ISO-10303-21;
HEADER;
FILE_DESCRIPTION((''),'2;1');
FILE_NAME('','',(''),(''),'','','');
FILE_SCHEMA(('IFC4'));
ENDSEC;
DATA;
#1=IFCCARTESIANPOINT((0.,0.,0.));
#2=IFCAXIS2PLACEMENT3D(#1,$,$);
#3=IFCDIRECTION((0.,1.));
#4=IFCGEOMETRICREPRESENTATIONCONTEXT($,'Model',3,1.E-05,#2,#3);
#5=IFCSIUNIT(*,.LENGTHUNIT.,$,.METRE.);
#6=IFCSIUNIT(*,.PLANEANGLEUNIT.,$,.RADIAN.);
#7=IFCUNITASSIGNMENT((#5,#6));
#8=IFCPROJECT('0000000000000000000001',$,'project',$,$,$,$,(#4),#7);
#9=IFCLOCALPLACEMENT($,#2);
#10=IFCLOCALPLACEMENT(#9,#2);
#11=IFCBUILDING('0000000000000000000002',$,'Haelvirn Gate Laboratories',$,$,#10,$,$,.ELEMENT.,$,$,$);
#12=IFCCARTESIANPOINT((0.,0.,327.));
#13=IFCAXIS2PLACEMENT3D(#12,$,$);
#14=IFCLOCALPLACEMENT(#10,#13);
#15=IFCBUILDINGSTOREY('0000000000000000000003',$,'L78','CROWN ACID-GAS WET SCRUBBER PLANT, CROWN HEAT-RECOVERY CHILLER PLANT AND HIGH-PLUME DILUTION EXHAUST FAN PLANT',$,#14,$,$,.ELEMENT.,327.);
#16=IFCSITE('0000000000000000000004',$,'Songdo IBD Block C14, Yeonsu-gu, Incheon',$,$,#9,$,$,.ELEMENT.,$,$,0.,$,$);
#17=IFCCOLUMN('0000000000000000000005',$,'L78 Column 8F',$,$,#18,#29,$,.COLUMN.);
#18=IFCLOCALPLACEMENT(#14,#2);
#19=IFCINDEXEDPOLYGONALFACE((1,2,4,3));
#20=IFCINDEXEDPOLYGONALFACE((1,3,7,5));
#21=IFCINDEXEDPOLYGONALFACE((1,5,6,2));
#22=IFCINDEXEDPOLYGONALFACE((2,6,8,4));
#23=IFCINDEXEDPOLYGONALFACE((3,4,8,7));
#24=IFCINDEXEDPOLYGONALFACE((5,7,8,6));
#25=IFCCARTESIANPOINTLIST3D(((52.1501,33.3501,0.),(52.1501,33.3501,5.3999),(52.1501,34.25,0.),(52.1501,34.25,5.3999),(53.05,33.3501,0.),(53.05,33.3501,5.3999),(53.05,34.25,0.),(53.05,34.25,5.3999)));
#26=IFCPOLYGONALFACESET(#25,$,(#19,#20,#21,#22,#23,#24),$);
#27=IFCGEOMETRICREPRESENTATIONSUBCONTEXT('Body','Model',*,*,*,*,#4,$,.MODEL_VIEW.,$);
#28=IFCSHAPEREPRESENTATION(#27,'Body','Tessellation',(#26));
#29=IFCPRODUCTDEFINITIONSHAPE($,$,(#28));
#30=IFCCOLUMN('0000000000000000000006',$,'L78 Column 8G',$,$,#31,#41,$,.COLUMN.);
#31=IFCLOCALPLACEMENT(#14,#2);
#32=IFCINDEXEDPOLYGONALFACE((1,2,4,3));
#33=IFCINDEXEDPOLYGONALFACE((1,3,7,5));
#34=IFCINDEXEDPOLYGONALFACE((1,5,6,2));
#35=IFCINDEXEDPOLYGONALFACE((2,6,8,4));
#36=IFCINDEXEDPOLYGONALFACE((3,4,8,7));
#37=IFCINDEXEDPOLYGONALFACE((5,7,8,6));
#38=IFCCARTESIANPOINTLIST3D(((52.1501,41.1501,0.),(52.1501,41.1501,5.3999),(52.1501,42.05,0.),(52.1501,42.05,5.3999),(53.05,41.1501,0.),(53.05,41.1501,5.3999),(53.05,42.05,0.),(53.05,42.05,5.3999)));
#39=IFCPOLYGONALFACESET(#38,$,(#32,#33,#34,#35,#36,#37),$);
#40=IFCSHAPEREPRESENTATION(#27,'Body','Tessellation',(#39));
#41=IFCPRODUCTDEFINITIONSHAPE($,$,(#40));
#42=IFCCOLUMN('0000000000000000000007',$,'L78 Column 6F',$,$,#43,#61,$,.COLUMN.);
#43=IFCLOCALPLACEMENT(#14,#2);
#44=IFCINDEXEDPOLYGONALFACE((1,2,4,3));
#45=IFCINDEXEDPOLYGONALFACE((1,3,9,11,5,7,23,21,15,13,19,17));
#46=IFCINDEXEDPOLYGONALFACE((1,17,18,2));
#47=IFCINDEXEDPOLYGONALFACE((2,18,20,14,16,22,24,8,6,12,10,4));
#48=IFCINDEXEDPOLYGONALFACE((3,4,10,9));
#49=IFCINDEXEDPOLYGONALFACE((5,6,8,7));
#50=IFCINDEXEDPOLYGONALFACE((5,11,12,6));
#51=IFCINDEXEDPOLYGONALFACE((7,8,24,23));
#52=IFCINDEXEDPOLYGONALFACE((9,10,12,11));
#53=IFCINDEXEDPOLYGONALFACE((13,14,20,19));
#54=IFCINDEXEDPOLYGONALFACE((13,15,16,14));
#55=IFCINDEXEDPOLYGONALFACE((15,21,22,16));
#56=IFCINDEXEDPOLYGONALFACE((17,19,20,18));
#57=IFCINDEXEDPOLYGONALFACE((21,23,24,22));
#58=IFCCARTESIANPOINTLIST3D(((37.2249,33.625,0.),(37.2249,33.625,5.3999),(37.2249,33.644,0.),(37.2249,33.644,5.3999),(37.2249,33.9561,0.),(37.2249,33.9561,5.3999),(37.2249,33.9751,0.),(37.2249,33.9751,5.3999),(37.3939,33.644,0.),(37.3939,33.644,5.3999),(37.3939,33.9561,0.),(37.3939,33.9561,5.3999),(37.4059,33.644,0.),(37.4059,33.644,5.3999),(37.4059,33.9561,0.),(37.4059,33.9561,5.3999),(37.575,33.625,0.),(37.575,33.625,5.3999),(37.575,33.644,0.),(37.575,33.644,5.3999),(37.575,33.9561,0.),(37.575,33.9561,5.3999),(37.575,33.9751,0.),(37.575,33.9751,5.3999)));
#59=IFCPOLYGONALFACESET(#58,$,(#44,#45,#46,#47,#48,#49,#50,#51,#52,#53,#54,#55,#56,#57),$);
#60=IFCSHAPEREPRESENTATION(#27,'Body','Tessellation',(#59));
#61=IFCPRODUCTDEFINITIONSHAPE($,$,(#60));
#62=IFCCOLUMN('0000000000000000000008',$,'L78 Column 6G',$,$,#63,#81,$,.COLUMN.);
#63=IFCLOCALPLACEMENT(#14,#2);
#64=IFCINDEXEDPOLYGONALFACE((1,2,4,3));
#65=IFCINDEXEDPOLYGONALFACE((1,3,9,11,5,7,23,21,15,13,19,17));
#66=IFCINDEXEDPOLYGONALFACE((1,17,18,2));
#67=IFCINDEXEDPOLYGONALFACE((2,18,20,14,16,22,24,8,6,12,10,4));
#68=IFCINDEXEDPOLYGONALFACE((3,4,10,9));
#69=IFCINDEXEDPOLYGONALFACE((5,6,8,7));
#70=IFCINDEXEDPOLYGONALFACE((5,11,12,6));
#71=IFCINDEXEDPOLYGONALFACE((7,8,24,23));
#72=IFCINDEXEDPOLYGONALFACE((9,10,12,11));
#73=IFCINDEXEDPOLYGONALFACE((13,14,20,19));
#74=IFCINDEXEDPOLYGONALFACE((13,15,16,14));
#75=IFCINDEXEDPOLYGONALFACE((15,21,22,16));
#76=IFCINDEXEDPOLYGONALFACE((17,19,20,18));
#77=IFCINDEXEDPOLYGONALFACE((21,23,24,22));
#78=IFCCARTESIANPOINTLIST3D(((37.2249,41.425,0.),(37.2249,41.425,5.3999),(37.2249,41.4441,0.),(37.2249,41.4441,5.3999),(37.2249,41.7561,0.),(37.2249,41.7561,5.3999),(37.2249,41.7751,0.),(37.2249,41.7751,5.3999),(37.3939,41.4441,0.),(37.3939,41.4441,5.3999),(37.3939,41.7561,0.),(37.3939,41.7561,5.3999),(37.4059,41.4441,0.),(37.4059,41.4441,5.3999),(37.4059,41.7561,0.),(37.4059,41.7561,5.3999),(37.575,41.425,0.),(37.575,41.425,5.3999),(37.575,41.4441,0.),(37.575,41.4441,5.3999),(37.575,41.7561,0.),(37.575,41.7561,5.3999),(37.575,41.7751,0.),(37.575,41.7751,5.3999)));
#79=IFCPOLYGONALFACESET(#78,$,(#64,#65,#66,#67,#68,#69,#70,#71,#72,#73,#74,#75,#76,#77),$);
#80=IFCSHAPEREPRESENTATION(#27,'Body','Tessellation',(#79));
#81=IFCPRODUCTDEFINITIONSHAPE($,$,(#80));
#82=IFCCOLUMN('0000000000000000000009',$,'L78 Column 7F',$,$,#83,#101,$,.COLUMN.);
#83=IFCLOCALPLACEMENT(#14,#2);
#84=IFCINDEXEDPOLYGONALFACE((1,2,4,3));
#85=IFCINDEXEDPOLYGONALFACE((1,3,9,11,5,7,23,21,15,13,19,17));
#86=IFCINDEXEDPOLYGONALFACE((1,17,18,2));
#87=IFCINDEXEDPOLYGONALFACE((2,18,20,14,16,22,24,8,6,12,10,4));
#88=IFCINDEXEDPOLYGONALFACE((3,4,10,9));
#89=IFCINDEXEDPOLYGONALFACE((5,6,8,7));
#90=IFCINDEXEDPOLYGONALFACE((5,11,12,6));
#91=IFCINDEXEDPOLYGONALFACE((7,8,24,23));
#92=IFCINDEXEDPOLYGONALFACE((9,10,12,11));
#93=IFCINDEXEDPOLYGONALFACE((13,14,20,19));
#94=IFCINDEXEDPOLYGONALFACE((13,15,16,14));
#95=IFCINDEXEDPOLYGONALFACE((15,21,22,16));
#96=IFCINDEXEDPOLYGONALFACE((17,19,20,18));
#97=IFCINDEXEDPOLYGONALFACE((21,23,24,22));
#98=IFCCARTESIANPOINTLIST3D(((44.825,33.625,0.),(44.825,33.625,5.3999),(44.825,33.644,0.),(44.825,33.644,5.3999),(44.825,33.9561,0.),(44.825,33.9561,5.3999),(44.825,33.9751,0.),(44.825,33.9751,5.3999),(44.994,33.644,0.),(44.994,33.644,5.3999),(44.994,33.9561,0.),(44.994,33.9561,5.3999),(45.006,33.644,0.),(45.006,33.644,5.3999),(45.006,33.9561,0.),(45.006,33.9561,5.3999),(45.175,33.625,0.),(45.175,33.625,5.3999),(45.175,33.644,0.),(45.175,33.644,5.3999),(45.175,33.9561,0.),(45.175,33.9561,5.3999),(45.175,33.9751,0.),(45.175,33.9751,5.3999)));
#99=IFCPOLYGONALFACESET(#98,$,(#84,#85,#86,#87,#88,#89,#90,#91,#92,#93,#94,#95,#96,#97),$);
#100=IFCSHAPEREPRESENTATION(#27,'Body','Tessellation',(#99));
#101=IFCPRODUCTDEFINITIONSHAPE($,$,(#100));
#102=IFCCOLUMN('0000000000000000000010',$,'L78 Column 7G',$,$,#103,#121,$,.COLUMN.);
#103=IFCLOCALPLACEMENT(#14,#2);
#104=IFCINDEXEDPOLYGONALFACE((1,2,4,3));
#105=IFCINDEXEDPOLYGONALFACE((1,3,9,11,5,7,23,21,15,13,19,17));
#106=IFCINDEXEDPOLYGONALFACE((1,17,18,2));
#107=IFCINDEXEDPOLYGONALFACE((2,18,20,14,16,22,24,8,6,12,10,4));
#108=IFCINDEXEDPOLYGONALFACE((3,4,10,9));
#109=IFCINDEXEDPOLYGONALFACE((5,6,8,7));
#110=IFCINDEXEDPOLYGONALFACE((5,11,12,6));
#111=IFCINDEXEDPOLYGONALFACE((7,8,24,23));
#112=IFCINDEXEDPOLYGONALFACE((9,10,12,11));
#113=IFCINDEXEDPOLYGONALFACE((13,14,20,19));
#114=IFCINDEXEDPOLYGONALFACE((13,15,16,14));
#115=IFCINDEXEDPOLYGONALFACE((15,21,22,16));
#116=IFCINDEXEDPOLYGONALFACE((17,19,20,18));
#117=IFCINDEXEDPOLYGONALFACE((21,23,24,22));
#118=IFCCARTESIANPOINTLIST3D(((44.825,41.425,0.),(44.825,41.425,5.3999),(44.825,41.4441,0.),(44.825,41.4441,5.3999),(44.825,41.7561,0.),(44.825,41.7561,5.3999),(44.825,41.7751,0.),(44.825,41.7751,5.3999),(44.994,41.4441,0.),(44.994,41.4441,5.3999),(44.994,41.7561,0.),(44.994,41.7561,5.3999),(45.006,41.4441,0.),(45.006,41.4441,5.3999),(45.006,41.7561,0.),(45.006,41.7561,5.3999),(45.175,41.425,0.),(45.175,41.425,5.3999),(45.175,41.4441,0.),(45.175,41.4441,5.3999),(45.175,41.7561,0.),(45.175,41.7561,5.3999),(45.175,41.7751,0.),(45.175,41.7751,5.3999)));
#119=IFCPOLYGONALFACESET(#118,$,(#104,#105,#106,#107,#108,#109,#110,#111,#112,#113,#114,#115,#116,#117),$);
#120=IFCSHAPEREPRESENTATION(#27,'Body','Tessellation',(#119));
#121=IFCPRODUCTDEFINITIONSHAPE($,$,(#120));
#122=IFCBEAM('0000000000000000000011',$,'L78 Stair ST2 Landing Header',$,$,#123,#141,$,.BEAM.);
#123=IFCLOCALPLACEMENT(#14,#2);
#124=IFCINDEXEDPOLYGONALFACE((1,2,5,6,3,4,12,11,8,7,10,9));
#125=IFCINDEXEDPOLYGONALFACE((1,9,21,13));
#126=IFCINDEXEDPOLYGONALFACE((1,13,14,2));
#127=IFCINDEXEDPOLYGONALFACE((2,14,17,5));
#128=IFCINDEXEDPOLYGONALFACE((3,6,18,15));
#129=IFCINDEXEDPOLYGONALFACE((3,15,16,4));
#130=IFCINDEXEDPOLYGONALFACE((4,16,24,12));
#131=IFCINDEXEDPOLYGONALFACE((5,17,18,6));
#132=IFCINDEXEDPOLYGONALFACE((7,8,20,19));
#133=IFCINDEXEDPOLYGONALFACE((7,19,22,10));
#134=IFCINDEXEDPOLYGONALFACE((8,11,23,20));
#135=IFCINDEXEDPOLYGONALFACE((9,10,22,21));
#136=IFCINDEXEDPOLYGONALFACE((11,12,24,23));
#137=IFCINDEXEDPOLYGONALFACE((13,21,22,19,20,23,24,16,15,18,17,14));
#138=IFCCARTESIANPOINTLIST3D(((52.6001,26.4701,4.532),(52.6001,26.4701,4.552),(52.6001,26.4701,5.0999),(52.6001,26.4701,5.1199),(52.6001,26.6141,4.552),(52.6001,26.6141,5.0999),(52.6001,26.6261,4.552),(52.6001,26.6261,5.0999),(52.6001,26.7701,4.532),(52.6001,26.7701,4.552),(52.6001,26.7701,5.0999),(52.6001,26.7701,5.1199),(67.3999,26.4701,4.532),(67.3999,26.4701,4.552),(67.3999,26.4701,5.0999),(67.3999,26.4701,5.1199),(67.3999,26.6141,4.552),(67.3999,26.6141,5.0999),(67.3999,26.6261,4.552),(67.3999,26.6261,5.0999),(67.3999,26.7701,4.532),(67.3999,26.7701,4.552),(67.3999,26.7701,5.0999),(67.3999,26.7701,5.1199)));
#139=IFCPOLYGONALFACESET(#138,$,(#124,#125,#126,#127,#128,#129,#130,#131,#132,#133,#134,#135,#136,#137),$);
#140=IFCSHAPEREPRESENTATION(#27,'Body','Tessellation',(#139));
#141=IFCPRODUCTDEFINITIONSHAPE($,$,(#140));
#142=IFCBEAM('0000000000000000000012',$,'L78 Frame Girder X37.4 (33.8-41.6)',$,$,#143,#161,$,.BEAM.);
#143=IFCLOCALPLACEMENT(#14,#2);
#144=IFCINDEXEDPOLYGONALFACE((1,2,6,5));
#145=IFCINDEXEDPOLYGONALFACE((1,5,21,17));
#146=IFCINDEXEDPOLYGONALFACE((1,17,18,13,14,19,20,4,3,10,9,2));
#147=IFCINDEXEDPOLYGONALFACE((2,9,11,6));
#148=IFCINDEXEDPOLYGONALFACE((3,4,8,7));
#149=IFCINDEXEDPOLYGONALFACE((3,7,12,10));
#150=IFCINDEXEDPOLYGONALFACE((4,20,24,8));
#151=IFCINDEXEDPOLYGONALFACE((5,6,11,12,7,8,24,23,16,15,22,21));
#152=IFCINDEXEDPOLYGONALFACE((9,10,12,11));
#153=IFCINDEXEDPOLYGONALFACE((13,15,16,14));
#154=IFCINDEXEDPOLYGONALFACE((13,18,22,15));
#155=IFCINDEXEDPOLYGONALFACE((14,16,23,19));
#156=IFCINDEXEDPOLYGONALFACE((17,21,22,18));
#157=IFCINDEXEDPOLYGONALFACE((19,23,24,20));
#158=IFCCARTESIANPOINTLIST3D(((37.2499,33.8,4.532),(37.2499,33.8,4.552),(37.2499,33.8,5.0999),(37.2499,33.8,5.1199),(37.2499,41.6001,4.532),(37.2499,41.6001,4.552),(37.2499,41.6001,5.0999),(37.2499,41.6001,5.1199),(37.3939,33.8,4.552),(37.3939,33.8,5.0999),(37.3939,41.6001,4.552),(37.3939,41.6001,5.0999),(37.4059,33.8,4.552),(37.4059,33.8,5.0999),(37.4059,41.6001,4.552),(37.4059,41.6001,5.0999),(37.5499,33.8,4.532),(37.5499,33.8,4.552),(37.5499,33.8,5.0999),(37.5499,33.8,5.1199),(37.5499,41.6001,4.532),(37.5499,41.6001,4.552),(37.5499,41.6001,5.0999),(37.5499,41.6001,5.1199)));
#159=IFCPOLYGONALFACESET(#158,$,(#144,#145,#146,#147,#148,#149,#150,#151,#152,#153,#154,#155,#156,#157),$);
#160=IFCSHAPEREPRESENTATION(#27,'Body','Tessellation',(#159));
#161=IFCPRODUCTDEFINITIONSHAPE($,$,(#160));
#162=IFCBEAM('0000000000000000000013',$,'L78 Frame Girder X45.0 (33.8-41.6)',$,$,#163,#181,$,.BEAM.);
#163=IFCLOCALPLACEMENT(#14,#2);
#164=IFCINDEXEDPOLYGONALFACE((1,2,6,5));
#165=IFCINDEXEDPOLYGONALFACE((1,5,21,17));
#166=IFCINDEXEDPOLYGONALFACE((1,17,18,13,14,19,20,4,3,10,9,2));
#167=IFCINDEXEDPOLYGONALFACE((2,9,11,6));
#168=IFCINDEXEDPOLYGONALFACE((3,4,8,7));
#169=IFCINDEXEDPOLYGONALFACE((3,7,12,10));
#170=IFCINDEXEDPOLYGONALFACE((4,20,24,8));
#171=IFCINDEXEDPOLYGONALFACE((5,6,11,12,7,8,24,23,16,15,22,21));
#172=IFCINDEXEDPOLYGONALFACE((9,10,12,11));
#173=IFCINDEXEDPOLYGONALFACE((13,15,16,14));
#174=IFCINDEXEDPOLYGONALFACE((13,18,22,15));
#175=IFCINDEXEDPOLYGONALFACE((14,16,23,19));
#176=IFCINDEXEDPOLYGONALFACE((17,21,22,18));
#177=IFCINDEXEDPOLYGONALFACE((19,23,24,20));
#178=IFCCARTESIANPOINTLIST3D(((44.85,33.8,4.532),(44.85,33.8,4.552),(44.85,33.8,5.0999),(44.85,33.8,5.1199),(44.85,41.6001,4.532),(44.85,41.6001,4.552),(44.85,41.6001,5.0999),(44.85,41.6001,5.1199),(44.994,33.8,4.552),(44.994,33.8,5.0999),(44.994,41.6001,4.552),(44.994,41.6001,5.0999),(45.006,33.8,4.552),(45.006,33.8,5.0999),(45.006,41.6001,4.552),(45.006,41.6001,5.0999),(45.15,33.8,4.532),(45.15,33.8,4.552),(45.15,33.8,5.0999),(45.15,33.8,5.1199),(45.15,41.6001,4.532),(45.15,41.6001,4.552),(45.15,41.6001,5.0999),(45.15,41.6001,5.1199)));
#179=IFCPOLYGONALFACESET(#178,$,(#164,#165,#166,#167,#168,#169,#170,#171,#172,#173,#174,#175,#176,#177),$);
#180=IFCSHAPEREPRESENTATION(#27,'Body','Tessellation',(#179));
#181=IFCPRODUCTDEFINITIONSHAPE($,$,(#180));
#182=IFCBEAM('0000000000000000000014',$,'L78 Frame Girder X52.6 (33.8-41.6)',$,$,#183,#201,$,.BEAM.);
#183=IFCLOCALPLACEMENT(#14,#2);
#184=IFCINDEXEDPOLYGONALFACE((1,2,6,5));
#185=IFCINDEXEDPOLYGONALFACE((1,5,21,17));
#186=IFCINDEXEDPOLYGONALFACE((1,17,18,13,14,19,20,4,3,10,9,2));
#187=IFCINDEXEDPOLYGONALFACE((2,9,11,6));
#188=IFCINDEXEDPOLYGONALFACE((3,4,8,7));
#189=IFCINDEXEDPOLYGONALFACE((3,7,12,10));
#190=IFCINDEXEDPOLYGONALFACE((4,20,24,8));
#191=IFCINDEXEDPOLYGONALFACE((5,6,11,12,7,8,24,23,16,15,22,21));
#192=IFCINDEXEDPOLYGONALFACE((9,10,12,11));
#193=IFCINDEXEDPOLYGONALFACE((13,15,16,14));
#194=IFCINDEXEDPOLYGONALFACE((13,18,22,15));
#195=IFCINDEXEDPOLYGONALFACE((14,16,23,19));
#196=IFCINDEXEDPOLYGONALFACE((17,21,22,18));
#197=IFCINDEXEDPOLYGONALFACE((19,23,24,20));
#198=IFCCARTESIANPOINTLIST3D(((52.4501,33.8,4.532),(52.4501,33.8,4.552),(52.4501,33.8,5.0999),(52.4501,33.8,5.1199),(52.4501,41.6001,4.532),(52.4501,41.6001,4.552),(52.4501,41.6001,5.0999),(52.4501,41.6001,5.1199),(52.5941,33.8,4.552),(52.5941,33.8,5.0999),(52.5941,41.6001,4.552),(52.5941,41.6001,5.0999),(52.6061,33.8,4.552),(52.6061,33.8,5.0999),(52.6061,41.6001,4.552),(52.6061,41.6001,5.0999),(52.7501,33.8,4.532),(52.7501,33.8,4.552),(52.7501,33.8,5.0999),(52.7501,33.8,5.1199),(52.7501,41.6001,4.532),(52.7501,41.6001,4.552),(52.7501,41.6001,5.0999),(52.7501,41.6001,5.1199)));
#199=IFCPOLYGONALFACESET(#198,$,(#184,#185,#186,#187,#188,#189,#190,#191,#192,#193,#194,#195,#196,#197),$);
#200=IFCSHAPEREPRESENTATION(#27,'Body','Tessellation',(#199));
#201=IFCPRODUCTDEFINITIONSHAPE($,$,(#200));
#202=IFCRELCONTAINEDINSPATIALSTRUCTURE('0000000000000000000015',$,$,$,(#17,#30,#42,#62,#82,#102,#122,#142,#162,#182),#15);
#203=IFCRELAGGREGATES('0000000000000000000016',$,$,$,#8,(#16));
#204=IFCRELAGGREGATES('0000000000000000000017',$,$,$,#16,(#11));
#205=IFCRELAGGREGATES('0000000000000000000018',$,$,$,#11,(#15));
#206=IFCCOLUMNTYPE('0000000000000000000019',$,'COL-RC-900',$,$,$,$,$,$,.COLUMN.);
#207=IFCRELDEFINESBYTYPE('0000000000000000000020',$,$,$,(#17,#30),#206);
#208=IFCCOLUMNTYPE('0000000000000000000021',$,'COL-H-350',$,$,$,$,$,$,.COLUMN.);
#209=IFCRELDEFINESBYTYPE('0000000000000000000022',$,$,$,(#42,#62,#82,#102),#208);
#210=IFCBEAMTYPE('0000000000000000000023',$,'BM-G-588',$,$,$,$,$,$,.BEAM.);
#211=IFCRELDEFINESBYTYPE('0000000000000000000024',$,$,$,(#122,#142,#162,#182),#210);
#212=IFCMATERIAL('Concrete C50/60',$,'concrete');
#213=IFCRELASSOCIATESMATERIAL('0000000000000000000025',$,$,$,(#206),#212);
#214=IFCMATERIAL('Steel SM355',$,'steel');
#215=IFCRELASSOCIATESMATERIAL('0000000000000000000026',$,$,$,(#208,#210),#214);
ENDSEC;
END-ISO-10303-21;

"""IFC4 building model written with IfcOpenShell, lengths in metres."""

from ifc_helpers import new_model, si_unit, direction, frame, origin, origin_2d, place, context, subcontext, project, spatial, rectangle, i_section, extrude, source, transform, mapped, material, material_profile, profile_set, type_object, type_shapes, element, save


model = new_model("IFC4")

# Units and contexts
model_context = context("Model", 3, precision=1e-05, world=origin(), true_north=direction((0.0, 1.0)))
body_context = subcontext(model_context, "Body", "Model", "MODEL_VIEW")
ifc_project = project(units=[si_unit("LENGTHUNIT", "METRE"), si_unit("PLANEANGLEUNIT", "RADIAN")], contexts=[model_context])

# Site, building, storey
site_placement = place(None, origin())
site = spatial("IfcSite", under=ifc_project, at=site_placement, Name="Songdo IBD Block C14, Yeonsu-gu, Incheon", CompositionType="ELEMENT", RefElevation=0.0)
building_placement = place(site_placement, origin())
building = spatial("IfcBuilding", under=site, at=building_placement, Name="Haelvirn Gate Laboratories", CompositionType="ELEMENT")
storey_placement = place(building_placement, frame((0.0, 0.0, 327.0)))
storey = spatial("IfcBuildingStorey", under=building, at=storey_placement, Name="L78", Description="CROWN ACID-GAS WET SCRUBBER PLANT, CROWN HEAT-RECOVERY CHILLER PLANT AND HIGH-PLUME DILUTION EXHAUST FAN PLANT", CompositionType="ELEMENT", Elevation=327.0)

# Columns
ifc_material_1 = material(Name="Concrete C50/60", Category="concrete")
ifc_material_profile_1 = material_profile(ifc_material_1, rectangle(XDim=0.8999, YDim=0.8999, at=origin_2d()), Name="RC-900x900")
ifc_profile_set_1 = profile_set([ifc_material_profile_1], Name="Concrete C50/60")
column_type_1 = type_object("IfcColumnType", Name="COL-RC-900", PredefinedType="COLUMN", material=ifc_profile_set_1)
shared_shape_1 = source(origin(), body_context, "Body", "SweptSolid", [
    extrude(rectangle(XDim=0.8999, YDim=0.8999, at=origin_2d()), origin(), (0.0, 0.0, 1.0), 5.3999),
])
type_shapes(column_type_1, [shared_shape_1])
for number, where, z_axis, x_axis, name in (
    (1, (52.6001, 33.8, 0.0), (0.0, 0.0, 1.0), (1.0, 0.0, 0.0), "L78 Column 8F"),
    (2, (52.6001, 41.6001, 0.0), (0.0, 0.0, 1.0), (1.0, 0.0, 0.0), "L78 Column 8G"),
):
    element("IfcColumn", number, at=place(storey_placement, frame(where, z_axis=z_axis, x_axis=x_axis)), inside=storey, type_object=column_type_1, Name=name, PredefinedType="COLUMN", context=body_context, shape_type="MappedRepresentation", body=[
        mapped(shared_shape_1, transform((0.0, 0.0, 0.0), scale=1.0)),
    ])
ifc_material_2 = material(Name="Steel SM355", Category="steel")
ifc_material_profile_2 = material_profile(ifc_material_2, i_section(OverallWidth=0.3501, OverallDepth=0.3501, WebThickness=0.012, FlangeThickness=0.019, at=origin_2d()), Name="H-350x350x12x19")
ifc_profile_set_2 = profile_set([ifc_material_profile_2], Name="Steel SM355")
column_type_2 = type_object("IfcColumnType", Name="COL-H-350", PredefinedType="COLUMN", material=ifc_profile_set_2)
shared_shape_2 = source(origin(), body_context, "Body", "SweptSolid", [
    extrude(i_section(OverallWidth=0.3501, OverallDepth=0.3501, WebThickness=0.012, FlangeThickness=0.019, at=origin_2d()), origin(), (0.0, 0.0, 1.0), 5.3999),
])
type_shapes(column_type_2, [shared_shape_2])
for number, where, z_axis, x_axis, name in (
    (3, (37.3999, 33.8, 0.0), (0.0, 0.0, 1.0), (1.0, 0.0, 0.0), "L78 Column 6F"),
    (4, (37.3999, 41.6001, 0.0), (0.0, 0.0, 1.0), (1.0, 0.0, 0.0), "L78 Column 6G"),
    (5, (45.0, 33.8, 0.0), (0.0, 0.0, 1.0), (1.0, 0.0, 0.0), "L78 Column 7F"),
    (6, (45.0, 41.6001, 0.0), (0.0, 0.0, 1.0), (1.0, 0.0, 0.0), "L78 Column 7G"),
):
    element("IfcColumn", number, at=place(storey_placement, frame(where, z_axis=z_axis, x_axis=x_axis)), inside=storey, type_object=column_type_2, Name=name, PredefinedType="COLUMN", context=body_context, shape_type="MappedRepresentation", body=[
        mapped(shared_shape_2, transform((0.0, 0.0, 0.0), scale=1.0)),
    ])

# Beams
ifc_material_profile_3 = material_profile(ifc_material_2, i_section(OverallWidth=0.3, OverallDepth=0.5879, WebThickness=0.012, FlangeThickness=0.02, at=origin_2d()), Name="H-588x300x12x20")
ifc_profile_set_3 = profile_set([ifc_material_profile_3], Name="Steel SM355")
beam_type_1 = type_object("IfcBeamType", Name="BM-G-588", PredefinedType="BEAM", material=ifc_profile_set_3)
shared_shape_3 = source(origin(), body_context, "Body", "SweptSolid", [
    extrude(i_section(OverallWidth=0.3, OverallDepth=0.5879, WebThickness=0.012, FlangeThickness=0.02, at=origin_2d()), origin(), (0.0, 0.0, 1.0), 14.7998),
])
beam_1_placement = place(storey_placement, frame((52.6001, 26.6201, 4.8259), z_axis=(1.0, 0.0, 0.0), x_axis=(0.0, 1.0, 0.0)))
element("IfcBeam", 7, at=beam_1_placement, inside=storey, type_object=beam_type_1, Name="L78 Stair ST2 Landing Header", PredefinedType="BEAM", context=body_context, shape_type="MappedRepresentation", body=[
    mapped(shared_shape_3, transform((0.0, 0.0, 0.0), scale=1.0)),
])
shared_shape_4 = source(origin(), body_context, "Body", "SweptSolid", [
    extrude(i_section(OverallWidth=0.3, OverallDepth=0.5879, WebThickness=0.012, FlangeThickness=0.02, at=origin_2d()), origin(), (0.0, 0.0, 1.0), 7.8),
])
type_shapes(beam_type_1, [shared_shape_3, shared_shape_4])
for number, where, z_axis, x_axis, name in (
    (8, (37.3999, 33.8, 4.8259), (0.0, 1.0, 0.0), (-1.0, 0.0, 0.0), "L78 Frame Girder X37.4 (33.8-41.6)"),
    (9, (45.0, 33.8, 4.8259), (0.0, 1.0, 0.0), (-1.0, 0.0, 0.0), "L78 Frame Girder X45.0 (33.8-41.6)"),
    (10, (52.6001, 33.8, 4.8259), (0.0, 1.0, 0.0), (-1.0, 0.0, 0.0), "L78 Frame Girder X52.6 (33.8-41.6)"),
):
    element("IfcBeam", number, at=place(storey_placement, frame(where, z_axis=z_axis, x_axis=x_axis)), inside=storey, type_object=beam_type_1, Name=name, PredefinedType="BEAM", context=body_context, shape_type="MappedRepresentation", body=[
        mapped(shared_shape_4, transform((0.0, 0.0, 0.0), scale=1.0)),
    ])

save(model, "model.ifc")
